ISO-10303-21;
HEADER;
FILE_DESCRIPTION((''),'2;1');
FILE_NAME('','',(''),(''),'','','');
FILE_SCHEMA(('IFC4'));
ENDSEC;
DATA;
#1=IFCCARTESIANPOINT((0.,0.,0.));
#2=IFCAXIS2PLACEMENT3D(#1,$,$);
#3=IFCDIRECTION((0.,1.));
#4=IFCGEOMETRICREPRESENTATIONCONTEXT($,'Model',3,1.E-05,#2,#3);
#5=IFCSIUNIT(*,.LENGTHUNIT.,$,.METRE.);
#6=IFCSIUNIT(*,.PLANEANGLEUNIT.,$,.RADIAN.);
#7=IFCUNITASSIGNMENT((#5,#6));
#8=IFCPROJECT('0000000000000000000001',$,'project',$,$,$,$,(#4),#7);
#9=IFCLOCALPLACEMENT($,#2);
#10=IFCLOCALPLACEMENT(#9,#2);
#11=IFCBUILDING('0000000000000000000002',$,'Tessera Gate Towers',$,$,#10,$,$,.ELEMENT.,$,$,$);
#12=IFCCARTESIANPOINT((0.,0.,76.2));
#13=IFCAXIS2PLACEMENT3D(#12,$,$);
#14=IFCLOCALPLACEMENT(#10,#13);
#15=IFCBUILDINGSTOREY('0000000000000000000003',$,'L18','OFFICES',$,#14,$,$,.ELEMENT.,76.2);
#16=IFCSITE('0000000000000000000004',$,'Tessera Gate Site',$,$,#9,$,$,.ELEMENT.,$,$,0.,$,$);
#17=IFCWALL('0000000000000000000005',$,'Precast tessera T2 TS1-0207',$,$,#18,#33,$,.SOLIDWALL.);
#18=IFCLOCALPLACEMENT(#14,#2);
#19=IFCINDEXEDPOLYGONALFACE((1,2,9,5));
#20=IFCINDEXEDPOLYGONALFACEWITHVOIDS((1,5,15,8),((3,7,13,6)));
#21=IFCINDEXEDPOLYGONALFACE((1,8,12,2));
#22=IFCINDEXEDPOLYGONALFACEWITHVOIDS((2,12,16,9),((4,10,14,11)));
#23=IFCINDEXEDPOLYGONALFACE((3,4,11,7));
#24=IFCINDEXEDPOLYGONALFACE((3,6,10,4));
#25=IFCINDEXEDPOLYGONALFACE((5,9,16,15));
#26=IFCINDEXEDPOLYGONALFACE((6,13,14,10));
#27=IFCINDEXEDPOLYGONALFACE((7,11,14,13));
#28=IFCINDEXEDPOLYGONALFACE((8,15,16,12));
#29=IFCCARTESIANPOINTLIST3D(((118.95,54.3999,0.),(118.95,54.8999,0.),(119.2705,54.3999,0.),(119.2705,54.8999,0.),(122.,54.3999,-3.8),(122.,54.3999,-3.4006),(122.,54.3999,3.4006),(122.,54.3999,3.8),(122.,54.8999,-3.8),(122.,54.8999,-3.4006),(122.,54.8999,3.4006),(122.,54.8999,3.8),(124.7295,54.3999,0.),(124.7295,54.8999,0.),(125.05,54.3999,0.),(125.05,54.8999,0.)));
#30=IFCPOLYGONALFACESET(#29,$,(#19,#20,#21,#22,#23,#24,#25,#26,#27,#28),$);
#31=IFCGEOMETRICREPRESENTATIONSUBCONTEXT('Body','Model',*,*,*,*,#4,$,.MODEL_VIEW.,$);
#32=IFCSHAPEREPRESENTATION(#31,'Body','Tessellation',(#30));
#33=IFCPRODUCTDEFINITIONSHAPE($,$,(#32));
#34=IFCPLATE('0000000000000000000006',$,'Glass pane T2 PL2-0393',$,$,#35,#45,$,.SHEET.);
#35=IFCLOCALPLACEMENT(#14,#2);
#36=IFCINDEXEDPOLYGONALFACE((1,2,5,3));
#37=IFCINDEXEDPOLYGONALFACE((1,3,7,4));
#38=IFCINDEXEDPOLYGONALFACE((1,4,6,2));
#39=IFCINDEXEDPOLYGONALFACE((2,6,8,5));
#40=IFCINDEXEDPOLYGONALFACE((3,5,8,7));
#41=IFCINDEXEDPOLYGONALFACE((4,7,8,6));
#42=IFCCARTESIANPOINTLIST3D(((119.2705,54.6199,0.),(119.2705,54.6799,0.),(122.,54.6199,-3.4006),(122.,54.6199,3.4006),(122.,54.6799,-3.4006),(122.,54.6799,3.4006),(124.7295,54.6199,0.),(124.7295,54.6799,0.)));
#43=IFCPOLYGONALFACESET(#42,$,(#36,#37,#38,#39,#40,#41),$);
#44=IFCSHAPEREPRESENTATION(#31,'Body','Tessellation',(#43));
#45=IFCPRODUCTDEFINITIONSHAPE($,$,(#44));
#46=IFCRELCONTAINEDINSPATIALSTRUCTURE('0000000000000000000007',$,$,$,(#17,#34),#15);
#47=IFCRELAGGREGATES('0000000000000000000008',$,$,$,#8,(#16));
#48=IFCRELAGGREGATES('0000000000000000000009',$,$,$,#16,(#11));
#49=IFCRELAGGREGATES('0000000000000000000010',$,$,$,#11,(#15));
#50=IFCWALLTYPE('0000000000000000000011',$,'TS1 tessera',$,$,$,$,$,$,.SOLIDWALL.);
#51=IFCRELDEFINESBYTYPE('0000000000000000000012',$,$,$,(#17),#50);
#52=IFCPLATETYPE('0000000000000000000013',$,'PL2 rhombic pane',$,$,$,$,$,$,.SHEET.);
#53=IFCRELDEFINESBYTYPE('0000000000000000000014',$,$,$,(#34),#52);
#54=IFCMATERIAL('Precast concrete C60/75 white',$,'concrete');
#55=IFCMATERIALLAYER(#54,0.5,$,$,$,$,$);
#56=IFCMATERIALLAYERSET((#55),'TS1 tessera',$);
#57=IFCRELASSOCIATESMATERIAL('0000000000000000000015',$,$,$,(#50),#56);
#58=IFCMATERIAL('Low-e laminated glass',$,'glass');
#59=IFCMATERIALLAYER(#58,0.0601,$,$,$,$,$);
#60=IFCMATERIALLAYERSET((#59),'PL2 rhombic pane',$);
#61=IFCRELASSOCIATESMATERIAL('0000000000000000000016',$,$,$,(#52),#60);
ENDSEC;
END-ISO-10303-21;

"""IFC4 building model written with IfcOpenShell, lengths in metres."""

from ifc_helpers import new_model, si_unit, direction, frame, origin, place, context, subcontext, project, spatial, polyline, outline, extrude, source, transform, mapped, material, layer, layer_set, type_object, element, fill, save


model = new_model("IFC4")

# Units and contexts
model_context = context("Model", 3, precision=1e-05, world=origin(), true_north=direction((0.0, 1.0)))
body_context = subcontext(model_context, "Body", "Model", "MODEL_VIEW")
ifc_project = project(units=[si_unit("LENGTHUNIT", "METRE"), si_unit("PLANEANGLEUNIT", "RADIAN")], contexts=[model_context])

# Site, building, storey
site_placement = place(None, origin())
site = spatial("IfcSite", under=ifc_project, at=site_placement, Name="Tessera Gate Site", CompositionType="ELEMENT", RefElevation=0.0)
building_placement = place(site_placement, origin())
building = spatial("IfcBuilding", under=site, at=building_placement, Name="Tessera Gate Towers", CompositionType="ELEMENT")
storey_placement = place(building_placement, frame((0.0, 0.0, 76.2)))
storey = spatial("IfcBuildingStorey", under=building, at=storey_placement, Name="L18", Description="OFFICES", CompositionType="ELEMENT", Elevation=76.2)

# Wall, opening, plate
ifc_material_1 = material(Name="Precast concrete C60/75 white", Category="concrete")
ifc_layer_1 = layer(ifc_material_1, 0.5)
ifc_layer_set_1 = layer_set([ifc_layer_1], Name="TS1 tessera")
wall_type_1 = type_object("IfcWallType", Name="TS1 tessera", PredefinedType="SOLIDWALL", material=ifc_layer_set_1)
shared_shape_1 = source(origin(), body_context, "Body", "SweptSolid", [
    extrude(outline(polyline([(3.05, 0.0), (6.1001, 3.8), (3.05, 7.6001), (0.0, 3.8), (3.05, 0.0)])), frame((0.0, 0.25, 0.0), z_axis=(0.0, -1.0, 0.0), x_axis=(1.0, 0.0, 0.0)), (0.0, 0.0, 1.0), 0.5),
])
wall_1_placement = place(storey_placement, frame((125.05, 54.6499, -3.8), z_axis=(0.0, 0.0, 1.0), x_axis=(-1.0, 0.0, 0.0)))
wall_1 = element("IfcWall", 1, at=wall_1_placement, inside=storey, type_object=wall_type_1, Name="Precast tessera T2 TS1-0207", PredefinedType="SOLIDWALL", context=body_context, shape_type="MappedRepresentation", body=[
    mapped(shared_shape_1, transform((0.0, 0.0, 0.0), scale=1.0)),
])
shared_shape_2 = source(origin(), body_context, "Body", "SweptSolid", [
    extrude(outline(polyline([(3.05, 0.3994), (5.7795, 3.8), (3.05, 7.2007), (0.3206, 3.8), (3.05, 0.3994)])), frame((0.0, 0.26, 0.0), z_axis=(0.0, -1.0, 0.0), x_axis=(1.0, 0.0, 0.0)), (0.0, 0.0, 1.0), 0.52),
])
opening_1_placement = place(wall_1_placement, origin())
opening_1 = element("IfcOpeningElement", 2, at=opening_1_placement, cuts=wall_1, PredefinedType="OPENING", context=body_context, shape_type="MappedRepresentation", body=[
    mapped(shared_shape_2, transform((0.0, 0.0, 0.0), scale=1.0)),
])
ifc_material_2 = material(Name="Low-e laminated glass", Category="glass")
ifc_layer_2 = layer(ifc_material_2, 0.0601)
ifc_layer_set_2 = layer_set([ifc_layer_2], Name="PL2 rhombic pane")
plate_type = type_object("IfcPlateType", Name="PL2 rhombic pane", PredefinedType="SHEET", material=ifc_layer_set_2)
shared_shape_3 = source(origin(), body_context, "Body", "SweptSolid", [
    extrude(outline(polyline([(3.05, 0.3994), (5.7795, 3.8), (3.05, 7.2007), (0.3206, 3.8), (3.05, 0.3994)])), frame((0.0, 0.03, 0.0), z_axis=(0.0, -1.0, 0.0), x_axis=(1.0, 0.0, 0.0)), (0.0, 0.0, 1.0), 0.0601),
])
plate_placement = place(opening_1_placement, origin())
plate = element("IfcPlate", 3, at=plate_placement, inside=storey, type_object=plate_type, Name="Glass pane T2 PL2-0393", PredefinedType="SHEET", context=body_context, shape_type="MappedRepresentation", body=[
    mapped(shared_shape_3, transform((0.0, 0.0, 0.0), scale=1.0)),
])
fill(opening_1, plate)

save(model, "model.ifc")
